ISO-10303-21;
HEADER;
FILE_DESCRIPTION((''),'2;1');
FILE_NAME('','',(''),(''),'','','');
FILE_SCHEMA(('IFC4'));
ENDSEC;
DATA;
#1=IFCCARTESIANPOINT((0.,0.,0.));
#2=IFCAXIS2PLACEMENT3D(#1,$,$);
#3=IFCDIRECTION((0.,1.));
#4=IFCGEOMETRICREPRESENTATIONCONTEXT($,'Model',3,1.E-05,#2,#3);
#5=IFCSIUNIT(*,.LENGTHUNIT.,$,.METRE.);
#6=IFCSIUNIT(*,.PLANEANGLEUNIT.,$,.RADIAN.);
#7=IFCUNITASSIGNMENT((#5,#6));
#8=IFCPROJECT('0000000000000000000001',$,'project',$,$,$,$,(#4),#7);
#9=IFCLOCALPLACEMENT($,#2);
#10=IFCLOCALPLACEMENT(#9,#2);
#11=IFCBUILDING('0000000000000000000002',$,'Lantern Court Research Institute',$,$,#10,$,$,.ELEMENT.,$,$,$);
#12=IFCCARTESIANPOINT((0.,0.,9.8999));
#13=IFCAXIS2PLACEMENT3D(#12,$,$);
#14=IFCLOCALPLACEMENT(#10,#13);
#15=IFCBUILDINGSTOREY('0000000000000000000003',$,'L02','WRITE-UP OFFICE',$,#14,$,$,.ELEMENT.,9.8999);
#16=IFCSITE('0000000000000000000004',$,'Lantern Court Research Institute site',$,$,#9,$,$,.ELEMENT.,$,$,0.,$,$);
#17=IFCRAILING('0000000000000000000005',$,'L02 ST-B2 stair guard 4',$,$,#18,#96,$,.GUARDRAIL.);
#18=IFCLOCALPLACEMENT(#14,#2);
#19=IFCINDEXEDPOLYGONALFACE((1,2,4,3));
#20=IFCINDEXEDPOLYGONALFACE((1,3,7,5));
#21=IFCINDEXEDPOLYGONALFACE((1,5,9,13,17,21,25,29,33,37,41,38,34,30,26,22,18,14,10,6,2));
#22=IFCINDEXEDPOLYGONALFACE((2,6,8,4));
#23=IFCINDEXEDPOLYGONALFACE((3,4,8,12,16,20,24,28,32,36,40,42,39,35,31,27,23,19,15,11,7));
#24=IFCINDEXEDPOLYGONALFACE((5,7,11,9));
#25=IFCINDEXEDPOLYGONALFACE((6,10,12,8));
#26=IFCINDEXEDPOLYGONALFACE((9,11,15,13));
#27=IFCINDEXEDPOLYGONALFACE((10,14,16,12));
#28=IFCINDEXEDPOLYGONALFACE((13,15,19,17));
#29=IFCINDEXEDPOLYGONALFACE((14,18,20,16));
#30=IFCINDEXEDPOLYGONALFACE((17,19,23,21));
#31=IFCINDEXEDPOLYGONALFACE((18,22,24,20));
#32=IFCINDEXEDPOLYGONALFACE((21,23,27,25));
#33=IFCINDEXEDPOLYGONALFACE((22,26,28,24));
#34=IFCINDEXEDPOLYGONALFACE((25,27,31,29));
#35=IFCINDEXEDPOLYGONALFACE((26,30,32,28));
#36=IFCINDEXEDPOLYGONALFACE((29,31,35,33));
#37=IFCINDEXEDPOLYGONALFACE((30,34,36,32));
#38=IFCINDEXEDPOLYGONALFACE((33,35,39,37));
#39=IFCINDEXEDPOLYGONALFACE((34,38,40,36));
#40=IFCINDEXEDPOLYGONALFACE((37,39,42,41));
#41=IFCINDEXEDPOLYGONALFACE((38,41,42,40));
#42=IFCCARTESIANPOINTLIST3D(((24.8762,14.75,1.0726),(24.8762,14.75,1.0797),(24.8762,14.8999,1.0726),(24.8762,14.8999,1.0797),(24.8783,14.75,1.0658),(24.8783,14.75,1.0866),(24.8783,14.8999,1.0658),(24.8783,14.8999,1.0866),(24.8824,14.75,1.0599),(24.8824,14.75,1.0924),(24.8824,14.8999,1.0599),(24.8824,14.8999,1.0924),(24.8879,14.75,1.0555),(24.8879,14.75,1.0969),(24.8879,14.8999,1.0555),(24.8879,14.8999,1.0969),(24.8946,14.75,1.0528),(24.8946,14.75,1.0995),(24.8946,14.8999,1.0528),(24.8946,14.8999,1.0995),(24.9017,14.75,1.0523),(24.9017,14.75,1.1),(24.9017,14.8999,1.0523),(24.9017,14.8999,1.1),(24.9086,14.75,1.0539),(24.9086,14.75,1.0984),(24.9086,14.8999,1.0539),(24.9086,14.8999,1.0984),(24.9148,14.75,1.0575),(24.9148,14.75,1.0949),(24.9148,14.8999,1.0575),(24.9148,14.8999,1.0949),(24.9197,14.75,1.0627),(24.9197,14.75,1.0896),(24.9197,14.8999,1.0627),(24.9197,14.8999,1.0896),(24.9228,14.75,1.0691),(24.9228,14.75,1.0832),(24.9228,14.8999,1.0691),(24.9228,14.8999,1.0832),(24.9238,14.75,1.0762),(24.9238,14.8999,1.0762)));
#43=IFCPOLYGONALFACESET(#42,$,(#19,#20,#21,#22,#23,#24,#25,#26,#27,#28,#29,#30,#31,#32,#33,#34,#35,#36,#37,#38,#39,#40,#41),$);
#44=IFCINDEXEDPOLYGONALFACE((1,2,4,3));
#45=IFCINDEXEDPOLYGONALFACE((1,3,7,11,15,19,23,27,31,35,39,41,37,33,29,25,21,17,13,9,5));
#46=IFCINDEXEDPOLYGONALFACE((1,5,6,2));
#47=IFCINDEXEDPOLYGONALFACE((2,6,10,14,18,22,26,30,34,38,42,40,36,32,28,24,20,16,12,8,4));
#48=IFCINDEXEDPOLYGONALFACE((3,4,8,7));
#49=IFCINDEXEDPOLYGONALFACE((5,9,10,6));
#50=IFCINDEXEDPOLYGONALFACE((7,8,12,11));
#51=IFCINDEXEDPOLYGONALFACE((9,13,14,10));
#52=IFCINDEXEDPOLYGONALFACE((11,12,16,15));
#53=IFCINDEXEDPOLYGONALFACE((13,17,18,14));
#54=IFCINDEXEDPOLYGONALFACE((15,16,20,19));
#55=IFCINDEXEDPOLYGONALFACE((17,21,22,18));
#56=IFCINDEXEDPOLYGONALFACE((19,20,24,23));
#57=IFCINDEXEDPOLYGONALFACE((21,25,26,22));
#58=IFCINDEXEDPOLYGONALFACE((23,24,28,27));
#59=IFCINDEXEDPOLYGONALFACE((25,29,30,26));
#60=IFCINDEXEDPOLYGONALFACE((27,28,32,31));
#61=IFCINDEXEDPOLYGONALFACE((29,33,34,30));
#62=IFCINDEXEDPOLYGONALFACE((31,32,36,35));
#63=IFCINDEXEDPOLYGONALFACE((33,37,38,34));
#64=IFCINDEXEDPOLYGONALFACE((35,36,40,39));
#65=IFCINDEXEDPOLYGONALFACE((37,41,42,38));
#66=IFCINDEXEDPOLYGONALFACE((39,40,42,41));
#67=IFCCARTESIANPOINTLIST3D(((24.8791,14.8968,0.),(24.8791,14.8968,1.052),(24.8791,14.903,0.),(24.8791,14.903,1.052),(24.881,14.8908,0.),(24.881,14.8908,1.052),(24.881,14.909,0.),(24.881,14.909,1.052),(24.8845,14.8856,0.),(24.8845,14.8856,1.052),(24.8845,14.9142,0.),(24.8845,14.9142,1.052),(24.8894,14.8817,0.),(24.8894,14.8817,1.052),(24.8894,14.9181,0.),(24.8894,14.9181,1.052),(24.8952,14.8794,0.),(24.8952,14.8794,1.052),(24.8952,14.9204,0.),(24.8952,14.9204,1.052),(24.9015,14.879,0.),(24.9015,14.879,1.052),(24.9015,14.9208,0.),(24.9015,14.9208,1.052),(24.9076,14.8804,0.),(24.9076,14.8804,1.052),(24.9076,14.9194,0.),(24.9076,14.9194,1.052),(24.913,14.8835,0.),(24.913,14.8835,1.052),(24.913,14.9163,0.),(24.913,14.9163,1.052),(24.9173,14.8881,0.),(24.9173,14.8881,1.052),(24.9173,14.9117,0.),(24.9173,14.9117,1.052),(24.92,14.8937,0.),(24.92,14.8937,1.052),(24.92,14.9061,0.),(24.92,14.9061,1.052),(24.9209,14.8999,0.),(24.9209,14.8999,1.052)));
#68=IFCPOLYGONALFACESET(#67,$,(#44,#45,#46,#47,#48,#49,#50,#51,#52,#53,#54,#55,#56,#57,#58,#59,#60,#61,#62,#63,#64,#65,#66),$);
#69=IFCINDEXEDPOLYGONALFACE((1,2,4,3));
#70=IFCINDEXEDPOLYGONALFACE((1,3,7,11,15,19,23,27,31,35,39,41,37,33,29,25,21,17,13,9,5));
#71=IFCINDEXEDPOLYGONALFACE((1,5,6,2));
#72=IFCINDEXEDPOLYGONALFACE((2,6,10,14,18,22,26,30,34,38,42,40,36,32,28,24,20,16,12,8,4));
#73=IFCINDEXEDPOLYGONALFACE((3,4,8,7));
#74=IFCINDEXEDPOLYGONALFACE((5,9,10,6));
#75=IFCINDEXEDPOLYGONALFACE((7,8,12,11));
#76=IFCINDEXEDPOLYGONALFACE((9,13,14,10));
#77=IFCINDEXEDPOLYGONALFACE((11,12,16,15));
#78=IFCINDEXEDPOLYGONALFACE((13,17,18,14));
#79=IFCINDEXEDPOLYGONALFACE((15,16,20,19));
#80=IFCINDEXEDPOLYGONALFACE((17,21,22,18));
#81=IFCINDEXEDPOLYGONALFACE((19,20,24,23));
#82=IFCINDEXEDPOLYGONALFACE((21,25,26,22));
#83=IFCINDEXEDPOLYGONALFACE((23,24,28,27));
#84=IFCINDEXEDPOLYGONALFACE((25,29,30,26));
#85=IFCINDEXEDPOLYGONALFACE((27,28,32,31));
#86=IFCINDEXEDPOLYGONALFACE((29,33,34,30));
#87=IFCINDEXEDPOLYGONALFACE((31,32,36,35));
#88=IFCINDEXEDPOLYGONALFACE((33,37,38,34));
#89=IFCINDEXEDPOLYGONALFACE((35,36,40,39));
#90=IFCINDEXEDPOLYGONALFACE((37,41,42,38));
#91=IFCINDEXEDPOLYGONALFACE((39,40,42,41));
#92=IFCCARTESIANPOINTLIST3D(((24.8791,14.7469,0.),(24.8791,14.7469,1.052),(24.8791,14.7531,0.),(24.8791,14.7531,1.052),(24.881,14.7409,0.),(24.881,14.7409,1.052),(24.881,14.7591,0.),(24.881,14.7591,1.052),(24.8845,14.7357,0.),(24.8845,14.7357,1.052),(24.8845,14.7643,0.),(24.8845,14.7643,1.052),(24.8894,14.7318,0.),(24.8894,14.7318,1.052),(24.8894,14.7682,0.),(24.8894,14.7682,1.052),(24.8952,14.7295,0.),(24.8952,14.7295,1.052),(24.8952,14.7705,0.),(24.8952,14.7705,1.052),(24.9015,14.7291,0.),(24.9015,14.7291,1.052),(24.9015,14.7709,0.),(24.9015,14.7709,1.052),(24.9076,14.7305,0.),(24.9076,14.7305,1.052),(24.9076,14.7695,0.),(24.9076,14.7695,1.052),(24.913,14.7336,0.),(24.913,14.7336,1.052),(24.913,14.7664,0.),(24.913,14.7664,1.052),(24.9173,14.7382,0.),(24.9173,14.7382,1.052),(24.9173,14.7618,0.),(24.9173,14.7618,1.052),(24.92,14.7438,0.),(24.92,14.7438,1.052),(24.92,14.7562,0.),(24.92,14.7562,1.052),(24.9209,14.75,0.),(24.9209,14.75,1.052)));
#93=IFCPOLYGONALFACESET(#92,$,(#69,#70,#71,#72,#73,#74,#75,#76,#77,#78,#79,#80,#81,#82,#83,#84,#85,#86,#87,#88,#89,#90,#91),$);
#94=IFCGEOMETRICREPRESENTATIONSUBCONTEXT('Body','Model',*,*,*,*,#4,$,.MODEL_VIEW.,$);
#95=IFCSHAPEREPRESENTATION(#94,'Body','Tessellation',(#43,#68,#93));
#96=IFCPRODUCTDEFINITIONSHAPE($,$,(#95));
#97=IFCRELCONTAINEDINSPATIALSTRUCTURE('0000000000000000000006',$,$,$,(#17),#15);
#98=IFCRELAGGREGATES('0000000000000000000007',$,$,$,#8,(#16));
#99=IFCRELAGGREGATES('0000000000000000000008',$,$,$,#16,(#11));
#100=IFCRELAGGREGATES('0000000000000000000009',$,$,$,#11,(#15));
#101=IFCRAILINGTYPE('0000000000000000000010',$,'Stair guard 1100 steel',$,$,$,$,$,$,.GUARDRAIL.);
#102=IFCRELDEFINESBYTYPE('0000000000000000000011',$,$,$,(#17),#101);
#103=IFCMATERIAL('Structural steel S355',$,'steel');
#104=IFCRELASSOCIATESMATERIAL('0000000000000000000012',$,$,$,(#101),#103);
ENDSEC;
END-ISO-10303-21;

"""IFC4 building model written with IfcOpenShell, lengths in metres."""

from ifc_helpers import new_model, si_unit, direction, frame, origin, origin_2d, place, context, subcontext, project, spatial, circle, extrude, material, type_object, element, save


model = new_model("IFC4")

# Units and contexts
model_context = context("Model", 3, precision=1e-05, world=origin(), true_north=direction((0.0, 1.0)))
body_context = subcontext(model_context, "Body", "Model", "MODEL_VIEW")
ifc_project = project(units=[si_unit("LENGTHUNIT", "METRE"), si_unit("PLANEANGLEUNIT", "RADIAN")], contexts=[model_context])

# Site, building, storey
site_placement = place(None, origin())
site = spatial("IfcSite", under=ifc_project, at=site_placement, Name="Lantern Court Research Institute site", CompositionType="ELEMENT", RefElevation=0.0)
building_placement = place(site_placement, origin())
building = spatial("IfcBuilding", under=site, at=building_placement, Name="Lantern Court Research Institute", CompositionType="ELEMENT")
storey_placement = place(building_placement, frame((0.0, 0.0, 9.8999)))
storey = spatial("IfcBuildingStorey", under=building, at=storey_placement, Name="L02", Description="WRITE-UP OFFICE", CompositionType="ELEMENT", Elevation=9.8999)

# Railing
ifc_material_1 = material(Name="Structural steel S355", Category="steel")
railing_type_1 = type_object("IfcRailingType", Name="Stair guard 1100 steel", PredefinedType="GUARDRAIL", material=ifc_material_1)
railing_1_placement = place(storey_placement, frame((24.8999, 14.8999, 0.0)))
element("IfcRailing", 1, at=railing_1_placement, inside=storey, type_object=railing_type_1, Name="L02 ST-B2 stair guard 4", PredefinedType="GUARDRAIL", context=body_context, shape_type="SweptSolid", body=[
    extrude(circle(Radius=0.0239, at=origin_2d()), frame((0.0, 0.0, 1.0762), z_axis=(0.0, -1.0, 0.0), x_axis=(1.0, 0.0, 0.0)), (0.0, 0.0, 1.0), 0.1499),
    extrude(circle(Radius=0.021, at=origin_2d()), origin(), (0.0, 0.0, 1.0), 1.052),
    extrude(circle(Radius=0.021, at=origin_2d()), frame((0.0, -0.1499, 0.0)), (0.0, 0.0, 1.0), 1.052),
])

save(model, "model.ifc")
